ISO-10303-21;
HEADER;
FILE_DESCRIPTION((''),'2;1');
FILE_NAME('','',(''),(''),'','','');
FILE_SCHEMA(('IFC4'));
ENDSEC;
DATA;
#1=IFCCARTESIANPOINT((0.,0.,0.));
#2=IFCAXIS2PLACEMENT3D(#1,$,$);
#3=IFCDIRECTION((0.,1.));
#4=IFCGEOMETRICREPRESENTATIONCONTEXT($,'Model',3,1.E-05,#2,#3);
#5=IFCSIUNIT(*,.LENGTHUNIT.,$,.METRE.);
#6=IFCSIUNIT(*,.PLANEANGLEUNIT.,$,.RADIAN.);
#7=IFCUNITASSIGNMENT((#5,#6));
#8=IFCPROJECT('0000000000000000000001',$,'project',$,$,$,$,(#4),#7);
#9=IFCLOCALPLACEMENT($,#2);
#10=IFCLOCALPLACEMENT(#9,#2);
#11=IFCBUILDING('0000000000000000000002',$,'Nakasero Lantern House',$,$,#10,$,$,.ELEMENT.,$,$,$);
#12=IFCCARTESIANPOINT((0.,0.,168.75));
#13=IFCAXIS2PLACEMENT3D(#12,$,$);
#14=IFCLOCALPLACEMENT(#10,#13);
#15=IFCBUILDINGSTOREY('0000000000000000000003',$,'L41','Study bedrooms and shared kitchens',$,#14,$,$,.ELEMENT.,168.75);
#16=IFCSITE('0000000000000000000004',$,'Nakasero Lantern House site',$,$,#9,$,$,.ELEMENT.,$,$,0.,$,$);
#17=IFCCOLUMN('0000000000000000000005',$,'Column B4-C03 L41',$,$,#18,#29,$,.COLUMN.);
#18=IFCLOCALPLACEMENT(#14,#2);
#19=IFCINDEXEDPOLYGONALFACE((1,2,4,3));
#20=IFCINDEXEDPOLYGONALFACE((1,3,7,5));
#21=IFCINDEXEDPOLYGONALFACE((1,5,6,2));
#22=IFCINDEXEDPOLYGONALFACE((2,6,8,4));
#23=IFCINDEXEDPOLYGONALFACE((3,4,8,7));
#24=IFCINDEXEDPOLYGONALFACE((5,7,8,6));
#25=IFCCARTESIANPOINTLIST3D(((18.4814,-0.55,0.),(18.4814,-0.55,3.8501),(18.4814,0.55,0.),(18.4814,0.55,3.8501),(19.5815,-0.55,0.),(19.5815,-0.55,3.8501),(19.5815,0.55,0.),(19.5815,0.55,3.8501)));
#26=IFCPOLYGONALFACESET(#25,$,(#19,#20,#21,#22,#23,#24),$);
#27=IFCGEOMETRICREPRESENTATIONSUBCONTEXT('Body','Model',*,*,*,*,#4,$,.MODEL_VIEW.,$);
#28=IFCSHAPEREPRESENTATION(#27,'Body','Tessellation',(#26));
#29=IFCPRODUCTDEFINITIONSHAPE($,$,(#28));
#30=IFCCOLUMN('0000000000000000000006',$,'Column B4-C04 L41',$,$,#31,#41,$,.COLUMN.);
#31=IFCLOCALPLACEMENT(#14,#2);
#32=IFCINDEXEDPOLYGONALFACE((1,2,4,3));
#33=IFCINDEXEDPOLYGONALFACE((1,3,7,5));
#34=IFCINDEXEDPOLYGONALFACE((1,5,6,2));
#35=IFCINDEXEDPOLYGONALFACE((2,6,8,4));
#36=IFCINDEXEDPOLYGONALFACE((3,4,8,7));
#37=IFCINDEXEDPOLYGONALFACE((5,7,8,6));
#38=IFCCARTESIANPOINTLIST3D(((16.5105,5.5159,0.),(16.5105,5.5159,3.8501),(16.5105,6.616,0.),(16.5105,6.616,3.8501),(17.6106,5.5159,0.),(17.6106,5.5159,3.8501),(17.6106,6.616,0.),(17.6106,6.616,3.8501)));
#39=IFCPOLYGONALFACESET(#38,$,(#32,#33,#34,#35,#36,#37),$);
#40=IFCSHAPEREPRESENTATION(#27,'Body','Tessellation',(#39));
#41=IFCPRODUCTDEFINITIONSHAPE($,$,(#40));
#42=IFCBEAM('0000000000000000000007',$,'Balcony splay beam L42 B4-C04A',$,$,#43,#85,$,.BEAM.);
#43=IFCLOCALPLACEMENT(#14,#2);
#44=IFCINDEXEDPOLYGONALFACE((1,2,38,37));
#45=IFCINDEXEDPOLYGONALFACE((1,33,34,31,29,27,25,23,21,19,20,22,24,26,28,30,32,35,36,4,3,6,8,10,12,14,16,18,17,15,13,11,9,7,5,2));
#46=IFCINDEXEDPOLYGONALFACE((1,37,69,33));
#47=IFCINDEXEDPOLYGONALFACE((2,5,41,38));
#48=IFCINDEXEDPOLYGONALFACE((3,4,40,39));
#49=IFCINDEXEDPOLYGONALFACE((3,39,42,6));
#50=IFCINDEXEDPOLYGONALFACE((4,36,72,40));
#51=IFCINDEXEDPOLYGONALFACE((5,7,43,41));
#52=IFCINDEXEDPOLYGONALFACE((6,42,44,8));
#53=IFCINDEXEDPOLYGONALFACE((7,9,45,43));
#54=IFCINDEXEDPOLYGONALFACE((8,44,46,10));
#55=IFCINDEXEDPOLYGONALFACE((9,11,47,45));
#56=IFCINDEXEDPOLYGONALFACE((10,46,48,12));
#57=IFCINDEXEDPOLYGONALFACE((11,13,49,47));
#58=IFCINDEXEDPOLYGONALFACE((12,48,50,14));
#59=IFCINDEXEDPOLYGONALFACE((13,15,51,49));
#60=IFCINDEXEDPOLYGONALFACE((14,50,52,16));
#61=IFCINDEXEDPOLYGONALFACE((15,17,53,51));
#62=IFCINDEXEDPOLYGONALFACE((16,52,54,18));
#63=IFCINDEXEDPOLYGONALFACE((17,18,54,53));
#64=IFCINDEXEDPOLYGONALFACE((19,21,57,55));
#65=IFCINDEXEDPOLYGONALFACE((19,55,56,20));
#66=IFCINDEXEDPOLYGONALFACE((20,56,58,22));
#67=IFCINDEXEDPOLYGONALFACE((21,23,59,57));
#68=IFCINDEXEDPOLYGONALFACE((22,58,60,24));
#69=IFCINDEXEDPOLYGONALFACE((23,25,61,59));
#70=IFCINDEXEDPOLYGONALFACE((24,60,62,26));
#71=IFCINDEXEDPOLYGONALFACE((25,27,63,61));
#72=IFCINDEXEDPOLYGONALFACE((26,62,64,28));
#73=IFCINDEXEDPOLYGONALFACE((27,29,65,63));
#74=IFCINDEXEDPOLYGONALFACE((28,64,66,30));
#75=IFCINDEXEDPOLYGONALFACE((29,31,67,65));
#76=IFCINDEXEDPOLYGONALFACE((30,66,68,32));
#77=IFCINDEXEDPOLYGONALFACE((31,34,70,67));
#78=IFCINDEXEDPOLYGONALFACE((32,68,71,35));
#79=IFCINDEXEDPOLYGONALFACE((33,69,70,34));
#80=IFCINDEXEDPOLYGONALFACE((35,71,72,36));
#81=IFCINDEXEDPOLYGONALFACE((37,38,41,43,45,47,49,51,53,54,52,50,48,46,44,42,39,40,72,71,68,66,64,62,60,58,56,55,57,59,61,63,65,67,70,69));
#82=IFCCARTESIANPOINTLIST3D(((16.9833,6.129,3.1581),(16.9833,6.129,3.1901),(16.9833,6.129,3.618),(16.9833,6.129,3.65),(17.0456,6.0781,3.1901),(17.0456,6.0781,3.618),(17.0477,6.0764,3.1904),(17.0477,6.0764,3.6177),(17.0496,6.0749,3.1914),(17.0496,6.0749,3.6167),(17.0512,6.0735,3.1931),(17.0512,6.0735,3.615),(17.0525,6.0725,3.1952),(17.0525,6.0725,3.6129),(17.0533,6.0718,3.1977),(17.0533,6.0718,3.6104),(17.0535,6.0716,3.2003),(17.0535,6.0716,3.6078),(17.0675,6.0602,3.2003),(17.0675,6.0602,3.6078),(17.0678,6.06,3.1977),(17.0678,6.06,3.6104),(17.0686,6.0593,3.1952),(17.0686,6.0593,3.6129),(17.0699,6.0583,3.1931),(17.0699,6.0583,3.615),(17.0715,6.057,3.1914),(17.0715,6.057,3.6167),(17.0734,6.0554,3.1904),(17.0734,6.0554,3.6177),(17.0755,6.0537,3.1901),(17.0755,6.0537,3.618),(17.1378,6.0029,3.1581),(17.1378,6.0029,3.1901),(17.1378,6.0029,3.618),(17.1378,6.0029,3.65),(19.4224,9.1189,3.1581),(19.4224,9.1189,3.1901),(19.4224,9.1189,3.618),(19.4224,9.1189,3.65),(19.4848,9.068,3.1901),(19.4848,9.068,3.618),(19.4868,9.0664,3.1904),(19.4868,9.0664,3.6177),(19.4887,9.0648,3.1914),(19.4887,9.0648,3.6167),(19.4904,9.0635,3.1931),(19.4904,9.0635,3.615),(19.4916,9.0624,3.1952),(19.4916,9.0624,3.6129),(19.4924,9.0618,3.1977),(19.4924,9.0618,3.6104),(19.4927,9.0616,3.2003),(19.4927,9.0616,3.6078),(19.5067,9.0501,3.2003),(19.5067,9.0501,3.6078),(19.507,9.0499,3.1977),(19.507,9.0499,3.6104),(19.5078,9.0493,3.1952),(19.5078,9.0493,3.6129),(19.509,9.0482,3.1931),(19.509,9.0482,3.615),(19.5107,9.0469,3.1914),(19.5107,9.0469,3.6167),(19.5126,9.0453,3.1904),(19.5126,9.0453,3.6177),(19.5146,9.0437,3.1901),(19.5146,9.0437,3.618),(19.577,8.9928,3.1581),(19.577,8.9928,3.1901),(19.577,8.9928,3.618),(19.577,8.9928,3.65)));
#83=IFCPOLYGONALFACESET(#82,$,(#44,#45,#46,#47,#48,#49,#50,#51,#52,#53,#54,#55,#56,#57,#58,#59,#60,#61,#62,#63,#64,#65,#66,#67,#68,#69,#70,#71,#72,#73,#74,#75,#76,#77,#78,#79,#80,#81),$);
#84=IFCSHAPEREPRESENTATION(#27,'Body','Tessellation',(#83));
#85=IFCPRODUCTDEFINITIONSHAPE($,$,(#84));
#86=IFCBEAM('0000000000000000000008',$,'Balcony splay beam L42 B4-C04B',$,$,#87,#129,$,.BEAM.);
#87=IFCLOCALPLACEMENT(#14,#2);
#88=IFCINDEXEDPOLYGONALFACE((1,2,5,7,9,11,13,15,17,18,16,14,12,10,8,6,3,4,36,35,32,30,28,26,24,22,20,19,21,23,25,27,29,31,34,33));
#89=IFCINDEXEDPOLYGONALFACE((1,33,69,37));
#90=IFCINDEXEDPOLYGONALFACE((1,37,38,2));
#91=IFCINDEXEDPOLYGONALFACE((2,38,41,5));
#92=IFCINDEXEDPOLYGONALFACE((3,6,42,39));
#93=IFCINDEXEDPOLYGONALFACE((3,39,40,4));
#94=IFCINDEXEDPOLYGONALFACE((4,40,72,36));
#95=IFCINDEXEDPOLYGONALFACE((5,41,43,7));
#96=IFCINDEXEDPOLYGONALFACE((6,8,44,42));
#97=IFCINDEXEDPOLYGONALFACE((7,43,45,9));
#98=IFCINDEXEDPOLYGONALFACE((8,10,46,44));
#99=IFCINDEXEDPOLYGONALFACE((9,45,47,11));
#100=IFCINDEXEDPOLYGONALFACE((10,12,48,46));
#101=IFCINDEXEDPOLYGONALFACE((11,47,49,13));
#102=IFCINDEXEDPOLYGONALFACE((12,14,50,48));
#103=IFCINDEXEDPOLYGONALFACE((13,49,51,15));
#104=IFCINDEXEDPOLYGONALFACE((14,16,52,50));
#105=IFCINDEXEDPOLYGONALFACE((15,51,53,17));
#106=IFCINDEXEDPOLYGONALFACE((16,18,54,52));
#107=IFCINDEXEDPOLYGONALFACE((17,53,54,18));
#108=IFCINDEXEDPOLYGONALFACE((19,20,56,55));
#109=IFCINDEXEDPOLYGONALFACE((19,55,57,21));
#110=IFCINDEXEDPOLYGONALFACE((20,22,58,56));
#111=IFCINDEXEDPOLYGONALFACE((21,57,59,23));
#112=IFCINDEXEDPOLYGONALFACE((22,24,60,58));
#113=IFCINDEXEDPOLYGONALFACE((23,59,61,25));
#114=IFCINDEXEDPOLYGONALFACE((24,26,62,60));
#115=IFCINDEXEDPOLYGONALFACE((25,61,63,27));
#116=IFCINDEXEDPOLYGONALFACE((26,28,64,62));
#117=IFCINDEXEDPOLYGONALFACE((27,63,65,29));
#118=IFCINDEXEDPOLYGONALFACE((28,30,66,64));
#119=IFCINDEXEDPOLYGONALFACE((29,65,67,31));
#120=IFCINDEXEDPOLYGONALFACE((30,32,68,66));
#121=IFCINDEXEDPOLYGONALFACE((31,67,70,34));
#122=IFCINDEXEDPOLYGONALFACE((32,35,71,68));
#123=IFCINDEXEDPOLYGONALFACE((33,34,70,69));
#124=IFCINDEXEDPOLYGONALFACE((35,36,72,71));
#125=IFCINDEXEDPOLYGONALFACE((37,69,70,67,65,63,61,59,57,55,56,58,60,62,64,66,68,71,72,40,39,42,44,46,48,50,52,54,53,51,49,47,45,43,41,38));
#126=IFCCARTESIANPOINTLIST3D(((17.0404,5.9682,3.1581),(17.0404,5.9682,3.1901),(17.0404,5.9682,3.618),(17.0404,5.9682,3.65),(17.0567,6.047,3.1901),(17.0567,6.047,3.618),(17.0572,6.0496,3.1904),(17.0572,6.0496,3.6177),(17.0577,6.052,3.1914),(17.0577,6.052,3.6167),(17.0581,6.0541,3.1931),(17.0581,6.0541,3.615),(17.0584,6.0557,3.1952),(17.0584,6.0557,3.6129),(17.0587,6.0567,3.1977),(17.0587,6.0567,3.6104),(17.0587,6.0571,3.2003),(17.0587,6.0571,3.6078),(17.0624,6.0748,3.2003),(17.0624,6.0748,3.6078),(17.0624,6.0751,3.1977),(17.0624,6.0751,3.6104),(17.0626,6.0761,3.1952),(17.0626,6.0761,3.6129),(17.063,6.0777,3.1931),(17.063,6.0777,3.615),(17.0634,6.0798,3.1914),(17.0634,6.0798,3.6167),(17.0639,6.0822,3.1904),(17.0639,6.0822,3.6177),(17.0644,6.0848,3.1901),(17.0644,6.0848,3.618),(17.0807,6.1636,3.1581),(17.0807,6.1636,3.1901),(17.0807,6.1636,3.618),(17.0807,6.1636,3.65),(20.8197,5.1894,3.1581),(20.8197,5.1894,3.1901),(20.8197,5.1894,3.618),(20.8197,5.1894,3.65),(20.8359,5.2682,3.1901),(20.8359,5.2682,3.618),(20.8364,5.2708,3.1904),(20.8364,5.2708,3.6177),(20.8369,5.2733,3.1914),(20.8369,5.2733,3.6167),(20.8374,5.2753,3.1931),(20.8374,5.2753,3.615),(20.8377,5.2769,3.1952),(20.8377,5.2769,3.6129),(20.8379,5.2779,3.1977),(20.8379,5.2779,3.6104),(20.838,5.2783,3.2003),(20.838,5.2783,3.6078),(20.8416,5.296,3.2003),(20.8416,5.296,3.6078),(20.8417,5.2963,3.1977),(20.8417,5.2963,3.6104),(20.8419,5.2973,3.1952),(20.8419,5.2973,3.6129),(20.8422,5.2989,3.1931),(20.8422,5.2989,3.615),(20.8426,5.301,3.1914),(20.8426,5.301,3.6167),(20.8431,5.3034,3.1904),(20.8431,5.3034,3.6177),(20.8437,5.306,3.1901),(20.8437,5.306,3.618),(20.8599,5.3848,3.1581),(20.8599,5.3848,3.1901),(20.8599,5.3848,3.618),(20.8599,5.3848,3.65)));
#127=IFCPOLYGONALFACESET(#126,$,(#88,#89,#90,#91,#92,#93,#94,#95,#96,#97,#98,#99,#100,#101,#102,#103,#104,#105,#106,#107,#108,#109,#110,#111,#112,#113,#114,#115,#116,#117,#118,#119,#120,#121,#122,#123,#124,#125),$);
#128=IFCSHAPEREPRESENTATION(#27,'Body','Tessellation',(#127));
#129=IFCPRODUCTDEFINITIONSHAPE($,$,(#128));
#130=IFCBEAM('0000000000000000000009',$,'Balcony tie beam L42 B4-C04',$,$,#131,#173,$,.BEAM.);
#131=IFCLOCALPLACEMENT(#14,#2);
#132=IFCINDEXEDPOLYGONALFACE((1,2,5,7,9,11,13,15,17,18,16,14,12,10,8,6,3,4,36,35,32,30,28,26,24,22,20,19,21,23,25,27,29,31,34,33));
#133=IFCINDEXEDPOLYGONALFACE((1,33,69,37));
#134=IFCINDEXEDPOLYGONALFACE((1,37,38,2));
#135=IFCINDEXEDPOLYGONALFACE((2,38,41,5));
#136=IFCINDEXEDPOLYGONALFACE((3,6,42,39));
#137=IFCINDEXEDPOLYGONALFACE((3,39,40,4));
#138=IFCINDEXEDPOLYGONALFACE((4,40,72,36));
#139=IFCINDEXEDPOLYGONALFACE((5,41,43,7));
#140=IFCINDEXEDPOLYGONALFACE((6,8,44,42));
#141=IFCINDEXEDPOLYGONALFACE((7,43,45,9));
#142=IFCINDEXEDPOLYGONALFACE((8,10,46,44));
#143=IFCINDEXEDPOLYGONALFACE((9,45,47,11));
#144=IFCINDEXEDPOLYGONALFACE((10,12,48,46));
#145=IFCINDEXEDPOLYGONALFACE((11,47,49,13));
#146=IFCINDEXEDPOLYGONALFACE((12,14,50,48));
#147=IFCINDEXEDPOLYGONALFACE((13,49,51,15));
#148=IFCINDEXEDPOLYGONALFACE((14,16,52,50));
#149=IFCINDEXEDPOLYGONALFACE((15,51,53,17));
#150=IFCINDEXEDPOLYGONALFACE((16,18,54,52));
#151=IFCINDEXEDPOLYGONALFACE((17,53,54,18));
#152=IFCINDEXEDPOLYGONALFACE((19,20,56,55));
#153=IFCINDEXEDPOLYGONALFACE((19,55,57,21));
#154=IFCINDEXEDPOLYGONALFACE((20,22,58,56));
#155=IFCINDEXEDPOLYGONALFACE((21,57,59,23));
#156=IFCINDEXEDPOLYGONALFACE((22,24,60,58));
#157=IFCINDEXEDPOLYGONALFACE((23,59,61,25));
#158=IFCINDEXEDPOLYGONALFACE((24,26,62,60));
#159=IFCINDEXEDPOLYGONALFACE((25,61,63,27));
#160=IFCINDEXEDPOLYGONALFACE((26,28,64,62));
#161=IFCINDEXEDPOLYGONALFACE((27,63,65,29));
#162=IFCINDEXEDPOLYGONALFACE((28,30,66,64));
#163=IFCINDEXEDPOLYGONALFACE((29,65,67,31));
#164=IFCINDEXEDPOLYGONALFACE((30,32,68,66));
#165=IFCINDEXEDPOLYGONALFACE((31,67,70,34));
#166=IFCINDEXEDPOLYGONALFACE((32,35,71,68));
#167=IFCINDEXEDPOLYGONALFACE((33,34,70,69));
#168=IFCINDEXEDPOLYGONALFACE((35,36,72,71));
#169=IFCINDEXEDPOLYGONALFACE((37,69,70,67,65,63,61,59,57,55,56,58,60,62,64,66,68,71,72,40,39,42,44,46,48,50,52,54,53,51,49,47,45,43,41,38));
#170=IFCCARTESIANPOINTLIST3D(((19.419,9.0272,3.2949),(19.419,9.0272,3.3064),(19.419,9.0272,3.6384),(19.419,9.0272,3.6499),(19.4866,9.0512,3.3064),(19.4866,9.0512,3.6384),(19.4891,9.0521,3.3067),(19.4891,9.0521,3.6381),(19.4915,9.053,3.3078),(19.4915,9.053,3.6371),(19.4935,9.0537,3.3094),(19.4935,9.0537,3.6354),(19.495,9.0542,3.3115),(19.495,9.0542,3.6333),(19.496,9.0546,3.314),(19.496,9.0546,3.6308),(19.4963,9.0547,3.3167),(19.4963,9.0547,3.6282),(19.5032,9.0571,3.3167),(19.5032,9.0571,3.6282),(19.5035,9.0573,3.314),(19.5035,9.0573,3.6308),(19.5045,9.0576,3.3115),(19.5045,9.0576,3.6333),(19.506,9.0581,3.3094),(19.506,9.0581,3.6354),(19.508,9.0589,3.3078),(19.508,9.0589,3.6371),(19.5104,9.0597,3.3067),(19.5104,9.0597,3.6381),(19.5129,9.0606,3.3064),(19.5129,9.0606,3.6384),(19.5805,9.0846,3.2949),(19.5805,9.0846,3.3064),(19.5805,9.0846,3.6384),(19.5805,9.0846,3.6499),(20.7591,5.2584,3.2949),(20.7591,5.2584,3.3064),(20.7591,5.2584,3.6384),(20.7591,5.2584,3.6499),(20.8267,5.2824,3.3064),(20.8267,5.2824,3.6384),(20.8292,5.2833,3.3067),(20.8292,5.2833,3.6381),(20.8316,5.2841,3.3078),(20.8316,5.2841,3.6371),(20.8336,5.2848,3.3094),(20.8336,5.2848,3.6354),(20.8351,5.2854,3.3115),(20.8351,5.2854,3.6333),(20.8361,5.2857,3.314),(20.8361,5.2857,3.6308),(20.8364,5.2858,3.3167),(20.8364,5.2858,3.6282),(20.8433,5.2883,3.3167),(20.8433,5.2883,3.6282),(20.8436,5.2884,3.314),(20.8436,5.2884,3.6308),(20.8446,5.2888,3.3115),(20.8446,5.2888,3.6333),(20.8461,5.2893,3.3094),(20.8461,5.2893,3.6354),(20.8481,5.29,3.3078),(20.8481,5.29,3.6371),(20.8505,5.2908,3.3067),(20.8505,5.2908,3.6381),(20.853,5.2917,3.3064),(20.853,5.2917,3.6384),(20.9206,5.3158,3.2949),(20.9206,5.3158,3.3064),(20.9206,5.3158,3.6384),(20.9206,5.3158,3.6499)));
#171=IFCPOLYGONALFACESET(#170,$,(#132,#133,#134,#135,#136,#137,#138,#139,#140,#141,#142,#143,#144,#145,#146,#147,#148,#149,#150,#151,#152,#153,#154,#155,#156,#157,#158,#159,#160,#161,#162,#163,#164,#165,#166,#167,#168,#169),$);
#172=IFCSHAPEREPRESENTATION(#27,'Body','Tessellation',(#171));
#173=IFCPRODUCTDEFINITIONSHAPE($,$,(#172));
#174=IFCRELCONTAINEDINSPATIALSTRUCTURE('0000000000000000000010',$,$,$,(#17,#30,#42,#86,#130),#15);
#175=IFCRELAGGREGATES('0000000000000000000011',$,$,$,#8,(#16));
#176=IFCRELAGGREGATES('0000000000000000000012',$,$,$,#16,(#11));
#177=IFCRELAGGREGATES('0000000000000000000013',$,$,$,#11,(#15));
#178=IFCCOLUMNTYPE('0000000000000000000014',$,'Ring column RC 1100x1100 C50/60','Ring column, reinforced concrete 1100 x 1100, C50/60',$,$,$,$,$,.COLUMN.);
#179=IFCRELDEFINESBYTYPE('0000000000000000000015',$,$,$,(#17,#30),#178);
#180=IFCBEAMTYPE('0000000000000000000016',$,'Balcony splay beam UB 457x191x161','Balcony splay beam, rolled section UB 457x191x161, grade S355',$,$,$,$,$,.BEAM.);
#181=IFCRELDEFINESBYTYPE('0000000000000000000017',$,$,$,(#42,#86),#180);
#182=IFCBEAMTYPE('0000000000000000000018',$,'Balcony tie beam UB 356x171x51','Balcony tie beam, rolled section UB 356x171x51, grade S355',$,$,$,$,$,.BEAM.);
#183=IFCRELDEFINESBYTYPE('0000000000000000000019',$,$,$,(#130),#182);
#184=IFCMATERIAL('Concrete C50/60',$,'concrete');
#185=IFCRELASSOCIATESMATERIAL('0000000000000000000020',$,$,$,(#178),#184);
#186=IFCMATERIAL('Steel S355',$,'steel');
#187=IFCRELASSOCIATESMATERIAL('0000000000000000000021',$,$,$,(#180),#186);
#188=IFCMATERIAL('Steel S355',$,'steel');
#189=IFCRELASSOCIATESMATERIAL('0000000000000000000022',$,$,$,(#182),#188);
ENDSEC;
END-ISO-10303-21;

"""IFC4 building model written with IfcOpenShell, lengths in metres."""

from ifc_helpers import new_model, si_unit, direction, frame, origin, origin_2d, place, context, subcontext, project, spatial, rectangle, i_section, extrude, material, material_profile, profile_set, type_object, element, save


model = new_model("IFC4")

# Units and contexts
model_context = context("Model", 3, precision=1e-05, world=origin(), true_north=direction((0.0, 1.0)))
body_context = subcontext(model_context, "Body", "Model", "MODEL_VIEW")
ifc_project = project(units=[si_unit("LENGTHUNIT", "METRE"), si_unit("PLANEANGLEUNIT", "RADIAN")], contexts=[model_context])

# Site, building, storey
site_placement = place(None, origin())
site = spatial("IfcSite", under=ifc_project, at=site_placement, Name="Nakasero Lantern House site", CompositionType="ELEMENT", RefElevation=0.0)
building_placement = place(site_placement, origin())
building = spatial("IfcBuilding", under=site, at=building_placement, Name="Nakasero Lantern House", CompositionType="ELEMENT")
storey_placement = place(building_placement, frame((0.0, 0.0, 168.75)))
storey = spatial("IfcBuildingStorey", under=building, at=storey_placement, Name="L41", Description="Study bedrooms and shared kitchens", CompositionType="ELEMENT", Elevation=168.75)

# Columns
ifc_material_1 = material(Name="Concrete C50/60", Category="concrete")
ifc_material_profile_1 = material_profile(ifc_material_1, rectangle(XDim=1.1001, YDim=1.1001, at=origin_2d()), Name="RC 1100x1100")
ifc_profile_set_1 = profile_set([ifc_material_profile_1], Name="Concrete C50/60")
column_type = type_object("IfcColumnType", Name="Ring column RC 1100x1100 C50/60", Description="Ring column, reinforced concrete 1100 x 1100, C50/60", PredefinedType="COLUMN", material=ifc_profile_set_1)
for number, where, z_axis, x_axis, name in (
    (1, (19.0315, 0.0, 0.0), (0.0, 0.0, 1.0), (1.0, 0.0, 0.0), "Column B4-C03 L41"),
    (2, (17.0605, 6.0659, 0.0), (0.0, 0.0, 1.0), (1.0, 0.0, 0.0), "Column B4-C04 L41"),
):
    element("IfcColumn", number, at=place(storey_placement, frame(where, z_axis=z_axis, x_axis=x_axis)), inside=storey, type_object=column_type, Name=name, PredefinedType="COLUMN", context=body_context, shape_type="SweptSolid", body=[
        extrude(rectangle(XDim=1.1001, YDim=1.1001, at=origin_2d()), origin(), (0.0, 0.0, 1.0), 3.8501),
    ])

# Beams
ifc_material_2 = material(Name="Steel S355", Category="steel")
ifc_material_profile_2 = material_profile(ifc_material_2, i_section(OverallWidth=0.1995, OverallDepth=0.4919, WebThickness=0.0181, FlangeThickness=0.032, FilletRadius=0.0103, at=origin_2d()), Name="UB 457x191x161")
ifc_profile_set_2 = profile_set([ifc_material_profile_2], Name="Steel S355")
beam_type_1 = type_object("IfcBeamType", Name="Balcony splay beam UB 457x191x161", Description="Balcony splay beam, rolled section UB 457x191x161, grade S355", PredefinedType="BEAM", material=ifc_profile_set_2)
for number, where, z_axis, x_axis, name in (
    (3, (17.0605, 6.0659, 3.4041), (0.632128, 0.774864, 0.0), (-0.774864, 0.632128, 0.0), "Balcony splay beam L42 B4-C04A"),
    (4, (17.0605, 6.0659, 3.4041), (0.97942, -0.201831, 0.0), (0.201831, 0.97942, 0.0), "Balcony splay beam L42 B4-C04B"),
):
    element("IfcBeam", number, at=place(storey_placement, frame(where, z_axis=z_axis, x_axis=x_axis)), inside=storey, type_object=beam_type_1, Name=name, PredefinedType="BEAM", context=body_context, shape_type="SweptSolid", body=[
        extrude(i_section(OverallWidth=0.1995, OverallDepth=0.4919, WebThickness=0.0181, FlangeThickness=0.032, FilletRadius=0.0103, at=origin_2d()), origin(), (0.0, 0.0, 1.0), 3.8586),
    ])
ifc_material_3 = material(Name="Steel S355", Category="steel")
ifc_material_profile_3 = material_profile(ifc_material_3, i_section(OverallWidth=0.1714, OverallDepth=0.355, WebThickness=0.0073, FlangeThickness=0.0115, FilletRadius=0.0103, at=origin_2d()), Name="UB 356x171x51")
ifc_profile_set_3 = profile_set([ifc_material_profile_3], Name="Steel S355")
beam_type_2 = type_object("IfcBeamType", Name="Balcony tie beam UB 356x171x51", Description="Balcony tie beam, rolled section UB 356x171x51, grade S355", PredefinedType="BEAM", material=ifc_profile_set_3)
beam_1_placement = place(storey_placement, frame((19.4998, 9.0559, 3.4724), z_axis=(0.335025, -0.942209, 0.0), x_axis=(0.942209, 0.335025, 0.0)))
element("IfcBeam", 5, at=beam_1_placement, inside=storey, type_object=beam_type_2, Name="Balcony tie beam L42 B4-C04", PredefinedType="BEAM", context=body_context, shape_type="SweptSolid", body=[
    extrude(i_section(OverallWidth=0.1714, OverallDepth=0.355, WebThickness=0.0073, FlangeThickness=0.0115, FilletRadius=0.0103, at=origin_2d()), origin(), (0.0, 0.0, 1.0), 4.0),
])

save(model, "model.ifc")
